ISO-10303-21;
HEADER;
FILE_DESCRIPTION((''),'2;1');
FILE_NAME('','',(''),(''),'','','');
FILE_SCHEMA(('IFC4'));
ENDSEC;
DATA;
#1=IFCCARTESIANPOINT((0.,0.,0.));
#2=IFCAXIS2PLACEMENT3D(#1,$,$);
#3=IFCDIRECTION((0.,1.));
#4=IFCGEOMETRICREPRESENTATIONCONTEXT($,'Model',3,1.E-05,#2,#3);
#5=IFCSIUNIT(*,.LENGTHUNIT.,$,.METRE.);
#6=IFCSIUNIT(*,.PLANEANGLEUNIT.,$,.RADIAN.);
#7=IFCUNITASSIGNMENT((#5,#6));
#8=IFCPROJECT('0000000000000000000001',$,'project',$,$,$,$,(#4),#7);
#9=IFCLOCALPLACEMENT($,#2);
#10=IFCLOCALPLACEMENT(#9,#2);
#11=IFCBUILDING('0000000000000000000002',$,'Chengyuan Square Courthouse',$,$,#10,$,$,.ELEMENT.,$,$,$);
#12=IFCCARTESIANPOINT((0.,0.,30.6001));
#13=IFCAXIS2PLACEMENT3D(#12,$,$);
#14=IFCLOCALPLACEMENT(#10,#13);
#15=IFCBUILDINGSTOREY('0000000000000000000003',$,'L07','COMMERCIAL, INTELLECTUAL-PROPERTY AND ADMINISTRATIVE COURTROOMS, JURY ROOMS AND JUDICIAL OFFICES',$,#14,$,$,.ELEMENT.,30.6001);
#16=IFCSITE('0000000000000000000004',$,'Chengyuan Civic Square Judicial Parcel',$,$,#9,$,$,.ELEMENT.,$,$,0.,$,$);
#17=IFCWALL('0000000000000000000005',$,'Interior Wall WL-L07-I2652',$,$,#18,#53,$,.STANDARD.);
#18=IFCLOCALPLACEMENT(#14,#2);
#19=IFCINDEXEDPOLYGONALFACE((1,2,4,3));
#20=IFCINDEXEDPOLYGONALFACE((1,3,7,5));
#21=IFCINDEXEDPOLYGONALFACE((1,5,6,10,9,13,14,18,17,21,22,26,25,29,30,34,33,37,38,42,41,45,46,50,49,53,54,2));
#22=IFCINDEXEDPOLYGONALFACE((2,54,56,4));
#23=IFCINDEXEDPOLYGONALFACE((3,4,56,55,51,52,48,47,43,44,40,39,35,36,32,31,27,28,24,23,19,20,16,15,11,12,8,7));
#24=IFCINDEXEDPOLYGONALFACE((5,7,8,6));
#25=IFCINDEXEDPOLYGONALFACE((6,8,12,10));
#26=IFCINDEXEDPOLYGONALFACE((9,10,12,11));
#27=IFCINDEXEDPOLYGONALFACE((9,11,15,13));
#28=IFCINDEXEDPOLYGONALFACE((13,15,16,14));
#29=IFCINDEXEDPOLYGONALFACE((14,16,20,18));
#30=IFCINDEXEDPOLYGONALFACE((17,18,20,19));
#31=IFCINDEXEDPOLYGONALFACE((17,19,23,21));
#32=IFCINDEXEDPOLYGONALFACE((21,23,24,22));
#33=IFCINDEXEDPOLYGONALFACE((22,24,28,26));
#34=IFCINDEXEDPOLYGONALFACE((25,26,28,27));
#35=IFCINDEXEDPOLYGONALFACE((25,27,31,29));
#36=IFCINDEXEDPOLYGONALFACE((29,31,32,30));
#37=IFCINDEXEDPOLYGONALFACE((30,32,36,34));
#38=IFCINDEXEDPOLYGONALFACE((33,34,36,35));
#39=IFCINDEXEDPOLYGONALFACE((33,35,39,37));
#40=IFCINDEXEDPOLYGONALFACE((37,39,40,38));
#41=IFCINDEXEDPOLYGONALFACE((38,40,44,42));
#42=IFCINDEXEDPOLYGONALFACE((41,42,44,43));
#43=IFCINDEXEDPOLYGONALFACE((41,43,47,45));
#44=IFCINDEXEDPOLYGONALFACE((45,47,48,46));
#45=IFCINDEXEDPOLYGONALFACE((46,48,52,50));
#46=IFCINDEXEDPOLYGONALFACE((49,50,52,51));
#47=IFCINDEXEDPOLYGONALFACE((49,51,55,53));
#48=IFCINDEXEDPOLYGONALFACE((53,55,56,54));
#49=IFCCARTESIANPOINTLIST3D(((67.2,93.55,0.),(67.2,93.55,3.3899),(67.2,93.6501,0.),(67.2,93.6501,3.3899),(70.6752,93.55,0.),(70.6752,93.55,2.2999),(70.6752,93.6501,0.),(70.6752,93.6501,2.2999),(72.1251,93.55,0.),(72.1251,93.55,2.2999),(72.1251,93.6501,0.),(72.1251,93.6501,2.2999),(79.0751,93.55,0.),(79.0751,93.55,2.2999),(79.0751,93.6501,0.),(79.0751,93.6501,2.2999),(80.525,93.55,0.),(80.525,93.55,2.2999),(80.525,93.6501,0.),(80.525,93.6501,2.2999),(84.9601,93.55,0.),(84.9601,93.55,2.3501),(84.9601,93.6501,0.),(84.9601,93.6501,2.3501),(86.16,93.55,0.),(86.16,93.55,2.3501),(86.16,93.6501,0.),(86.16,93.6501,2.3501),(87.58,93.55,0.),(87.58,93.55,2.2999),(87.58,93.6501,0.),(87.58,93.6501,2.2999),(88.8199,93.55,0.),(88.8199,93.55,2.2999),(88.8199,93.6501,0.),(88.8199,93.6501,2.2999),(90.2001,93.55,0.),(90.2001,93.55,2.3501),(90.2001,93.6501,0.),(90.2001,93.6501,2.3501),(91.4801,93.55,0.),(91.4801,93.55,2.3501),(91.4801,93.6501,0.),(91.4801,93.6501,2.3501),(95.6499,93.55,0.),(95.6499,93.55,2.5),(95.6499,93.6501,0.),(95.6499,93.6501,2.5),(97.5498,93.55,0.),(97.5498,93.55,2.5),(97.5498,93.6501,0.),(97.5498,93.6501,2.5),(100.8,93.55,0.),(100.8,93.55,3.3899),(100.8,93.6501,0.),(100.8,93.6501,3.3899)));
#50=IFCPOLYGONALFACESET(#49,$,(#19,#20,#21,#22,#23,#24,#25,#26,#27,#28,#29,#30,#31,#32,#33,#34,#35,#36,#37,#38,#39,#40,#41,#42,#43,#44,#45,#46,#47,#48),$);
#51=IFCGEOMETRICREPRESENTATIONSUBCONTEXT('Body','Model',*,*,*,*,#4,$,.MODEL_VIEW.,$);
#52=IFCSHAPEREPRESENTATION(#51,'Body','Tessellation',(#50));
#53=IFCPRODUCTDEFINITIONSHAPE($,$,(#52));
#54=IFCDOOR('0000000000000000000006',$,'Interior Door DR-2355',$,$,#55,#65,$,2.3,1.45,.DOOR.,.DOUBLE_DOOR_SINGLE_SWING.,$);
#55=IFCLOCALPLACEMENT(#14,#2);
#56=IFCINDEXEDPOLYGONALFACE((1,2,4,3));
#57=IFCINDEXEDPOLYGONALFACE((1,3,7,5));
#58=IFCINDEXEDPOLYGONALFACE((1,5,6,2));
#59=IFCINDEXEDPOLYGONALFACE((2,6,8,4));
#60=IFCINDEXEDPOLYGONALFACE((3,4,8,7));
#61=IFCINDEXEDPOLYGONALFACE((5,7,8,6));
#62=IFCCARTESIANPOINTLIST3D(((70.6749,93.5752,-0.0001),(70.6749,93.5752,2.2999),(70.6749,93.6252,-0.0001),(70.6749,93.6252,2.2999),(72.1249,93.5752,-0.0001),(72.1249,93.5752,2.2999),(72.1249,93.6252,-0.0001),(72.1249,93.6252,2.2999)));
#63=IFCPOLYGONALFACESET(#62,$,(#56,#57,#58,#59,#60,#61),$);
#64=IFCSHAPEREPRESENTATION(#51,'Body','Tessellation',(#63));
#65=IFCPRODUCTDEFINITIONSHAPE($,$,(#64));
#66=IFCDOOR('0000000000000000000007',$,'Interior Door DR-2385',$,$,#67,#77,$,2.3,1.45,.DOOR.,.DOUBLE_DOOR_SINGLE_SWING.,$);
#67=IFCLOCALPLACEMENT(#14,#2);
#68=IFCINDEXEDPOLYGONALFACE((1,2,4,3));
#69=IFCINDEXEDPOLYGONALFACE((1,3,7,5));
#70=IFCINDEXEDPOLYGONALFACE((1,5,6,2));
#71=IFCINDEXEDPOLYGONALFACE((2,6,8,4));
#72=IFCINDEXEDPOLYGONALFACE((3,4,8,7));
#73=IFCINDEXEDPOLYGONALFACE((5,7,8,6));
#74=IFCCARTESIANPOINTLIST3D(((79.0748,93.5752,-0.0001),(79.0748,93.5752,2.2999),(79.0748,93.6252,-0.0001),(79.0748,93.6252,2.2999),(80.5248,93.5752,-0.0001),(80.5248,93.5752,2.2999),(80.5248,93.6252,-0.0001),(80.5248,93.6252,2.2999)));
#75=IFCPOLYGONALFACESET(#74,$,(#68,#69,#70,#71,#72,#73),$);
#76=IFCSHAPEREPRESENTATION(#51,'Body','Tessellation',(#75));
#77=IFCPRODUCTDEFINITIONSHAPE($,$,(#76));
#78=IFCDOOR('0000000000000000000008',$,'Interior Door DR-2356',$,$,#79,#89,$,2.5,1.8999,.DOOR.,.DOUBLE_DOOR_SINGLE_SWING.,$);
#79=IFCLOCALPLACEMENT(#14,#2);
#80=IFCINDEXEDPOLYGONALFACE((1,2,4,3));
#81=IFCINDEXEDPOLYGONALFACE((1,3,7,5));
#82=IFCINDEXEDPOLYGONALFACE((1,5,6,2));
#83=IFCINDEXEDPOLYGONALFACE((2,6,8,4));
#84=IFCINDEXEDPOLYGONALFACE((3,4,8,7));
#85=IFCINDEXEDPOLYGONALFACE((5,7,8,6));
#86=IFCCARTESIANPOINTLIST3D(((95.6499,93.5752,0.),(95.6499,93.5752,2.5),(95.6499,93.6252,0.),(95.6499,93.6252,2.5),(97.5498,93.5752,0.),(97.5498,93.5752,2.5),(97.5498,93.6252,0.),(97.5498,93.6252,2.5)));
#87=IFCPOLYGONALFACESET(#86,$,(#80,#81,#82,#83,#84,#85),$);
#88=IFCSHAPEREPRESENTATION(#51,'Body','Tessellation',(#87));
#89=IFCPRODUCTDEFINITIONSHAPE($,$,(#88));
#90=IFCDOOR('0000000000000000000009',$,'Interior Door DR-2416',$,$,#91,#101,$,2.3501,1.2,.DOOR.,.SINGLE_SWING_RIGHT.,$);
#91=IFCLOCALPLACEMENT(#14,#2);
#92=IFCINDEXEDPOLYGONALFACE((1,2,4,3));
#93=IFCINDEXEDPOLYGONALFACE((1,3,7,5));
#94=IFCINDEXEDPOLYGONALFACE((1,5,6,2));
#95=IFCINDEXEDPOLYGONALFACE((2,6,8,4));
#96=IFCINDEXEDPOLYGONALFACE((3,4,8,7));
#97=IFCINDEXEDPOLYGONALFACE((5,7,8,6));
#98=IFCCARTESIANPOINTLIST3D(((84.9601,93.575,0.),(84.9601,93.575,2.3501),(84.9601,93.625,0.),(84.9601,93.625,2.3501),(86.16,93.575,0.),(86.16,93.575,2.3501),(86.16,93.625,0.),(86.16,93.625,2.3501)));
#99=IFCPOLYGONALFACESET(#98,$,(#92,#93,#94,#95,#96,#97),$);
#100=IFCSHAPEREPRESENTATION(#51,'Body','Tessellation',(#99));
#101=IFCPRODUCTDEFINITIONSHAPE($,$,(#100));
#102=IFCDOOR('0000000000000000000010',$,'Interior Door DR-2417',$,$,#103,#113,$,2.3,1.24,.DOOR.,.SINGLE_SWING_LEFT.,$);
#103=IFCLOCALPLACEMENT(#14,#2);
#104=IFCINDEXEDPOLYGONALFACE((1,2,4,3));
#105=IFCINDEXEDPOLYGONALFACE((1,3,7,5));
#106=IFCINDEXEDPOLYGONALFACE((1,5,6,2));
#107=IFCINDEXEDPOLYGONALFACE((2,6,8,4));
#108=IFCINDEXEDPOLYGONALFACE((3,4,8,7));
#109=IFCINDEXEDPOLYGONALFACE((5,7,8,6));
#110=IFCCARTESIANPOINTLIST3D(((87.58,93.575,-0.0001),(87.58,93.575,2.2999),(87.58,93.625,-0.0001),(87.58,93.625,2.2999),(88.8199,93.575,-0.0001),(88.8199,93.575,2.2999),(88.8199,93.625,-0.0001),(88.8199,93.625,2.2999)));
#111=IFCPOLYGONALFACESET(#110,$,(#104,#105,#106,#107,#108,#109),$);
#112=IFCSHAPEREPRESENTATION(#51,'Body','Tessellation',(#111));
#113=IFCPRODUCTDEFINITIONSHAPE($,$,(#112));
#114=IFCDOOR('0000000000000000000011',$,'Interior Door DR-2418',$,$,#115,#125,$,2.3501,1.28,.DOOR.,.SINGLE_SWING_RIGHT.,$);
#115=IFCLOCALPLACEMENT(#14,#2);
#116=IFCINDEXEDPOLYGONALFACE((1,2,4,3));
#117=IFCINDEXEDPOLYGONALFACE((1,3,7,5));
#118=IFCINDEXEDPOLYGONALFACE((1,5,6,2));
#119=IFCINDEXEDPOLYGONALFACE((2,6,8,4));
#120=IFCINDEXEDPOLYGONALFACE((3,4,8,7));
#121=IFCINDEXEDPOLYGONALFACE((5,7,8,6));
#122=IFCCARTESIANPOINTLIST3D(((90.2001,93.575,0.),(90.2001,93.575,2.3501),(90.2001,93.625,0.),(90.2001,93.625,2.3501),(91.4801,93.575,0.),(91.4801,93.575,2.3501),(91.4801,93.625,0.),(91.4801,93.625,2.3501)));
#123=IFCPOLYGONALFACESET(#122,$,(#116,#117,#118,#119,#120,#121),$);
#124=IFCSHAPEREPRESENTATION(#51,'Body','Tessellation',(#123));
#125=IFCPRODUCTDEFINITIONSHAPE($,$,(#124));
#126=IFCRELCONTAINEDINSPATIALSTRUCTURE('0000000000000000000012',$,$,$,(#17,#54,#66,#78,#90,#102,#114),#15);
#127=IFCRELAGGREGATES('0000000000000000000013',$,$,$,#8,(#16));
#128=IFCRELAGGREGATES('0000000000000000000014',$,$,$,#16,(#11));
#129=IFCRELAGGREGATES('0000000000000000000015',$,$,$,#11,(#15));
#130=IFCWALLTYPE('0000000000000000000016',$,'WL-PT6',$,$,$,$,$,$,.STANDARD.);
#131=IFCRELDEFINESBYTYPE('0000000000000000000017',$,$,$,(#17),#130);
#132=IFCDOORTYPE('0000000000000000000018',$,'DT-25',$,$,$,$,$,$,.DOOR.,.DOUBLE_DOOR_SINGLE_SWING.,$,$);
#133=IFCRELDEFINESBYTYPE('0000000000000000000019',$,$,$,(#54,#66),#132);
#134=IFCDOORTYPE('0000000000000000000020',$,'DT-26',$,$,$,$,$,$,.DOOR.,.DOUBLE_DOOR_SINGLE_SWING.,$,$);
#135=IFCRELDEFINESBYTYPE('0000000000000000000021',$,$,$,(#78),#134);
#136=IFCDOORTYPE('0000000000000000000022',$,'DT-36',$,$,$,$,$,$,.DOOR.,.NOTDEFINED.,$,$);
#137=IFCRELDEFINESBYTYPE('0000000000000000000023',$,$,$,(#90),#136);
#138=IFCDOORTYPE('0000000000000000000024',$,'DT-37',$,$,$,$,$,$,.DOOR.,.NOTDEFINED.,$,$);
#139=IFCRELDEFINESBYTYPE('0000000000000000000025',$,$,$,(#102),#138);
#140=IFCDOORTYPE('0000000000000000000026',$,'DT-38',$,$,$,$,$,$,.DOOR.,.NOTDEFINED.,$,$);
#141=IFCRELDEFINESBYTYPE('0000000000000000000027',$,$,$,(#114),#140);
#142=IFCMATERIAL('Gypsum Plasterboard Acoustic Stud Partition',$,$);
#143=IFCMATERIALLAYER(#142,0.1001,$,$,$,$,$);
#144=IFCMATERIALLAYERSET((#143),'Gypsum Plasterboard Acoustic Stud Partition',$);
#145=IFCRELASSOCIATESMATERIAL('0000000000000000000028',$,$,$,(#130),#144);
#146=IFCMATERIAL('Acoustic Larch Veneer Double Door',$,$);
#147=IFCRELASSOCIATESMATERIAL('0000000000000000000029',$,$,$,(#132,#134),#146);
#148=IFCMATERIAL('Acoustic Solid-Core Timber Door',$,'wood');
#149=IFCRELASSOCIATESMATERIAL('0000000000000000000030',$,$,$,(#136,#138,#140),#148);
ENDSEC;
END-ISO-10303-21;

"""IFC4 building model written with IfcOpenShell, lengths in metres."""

from ifc_helpers import new_model, si_unit, direction, frame, frame_2d, origin, place, context, subcontext, project, spatial, rectangle, extrude, material, layer, layer_set, type_object, element, fill, save


model = new_model("IFC4")

# Units and contexts
model_context = context("Model", 3, precision=1e-05, world=origin(), true_north=direction((0.0, 1.0)))
body_context = subcontext(model_context, "Body", "Model", "MODEL_VIEW")
ifc_project = project(units=[si_unit("LENGTHUNIT", "METRE"), si_unit("PLANEANGLEUNIT", "RADIAN")], contexts=[model_context])

# Site, building, storey
site_placement = place(None, origin())
site = spatial("IfcSite", under=ifc_project, at=site_placement, Name="Chengyuan Civic Square Judicial Parcel", CompositionType="ELEMENT", RefElevation=0.0)
building_placement = place(site_placement, origin())
building = spatial("IfcBuilding", under=site, at=building_placement, Name="Chengyuan Square Courthouse", CompositionType="ELEMENT")
storey_placement = place(building_placement, frame((0.0, 0.0, 30.6001)))
storey = spatial("IfcBuildingStorey", under=building, at=storey_placement, Name="L07", Description="COMMERCIAL, INTELLECTUAL-PROPERTY AND ADMINISTRATIVE COURTROOMS, JURY ROOMS AND JUDICIAL OFFICES", CompositionType="ELEMENT", Elevation=30.6001)

# Wall, openings, doors
ifc_material_1 = material(Name="Gypsum Plasterboard Acoustic Stud Partition")
ifc_layer_1 = layer(ifc_material_1, 0.1001)
ifc_layer_set_1 = layer_set([ifc_layer_1], Name="Gypsum Plasterboard Acoustic Stud Partition")
wall_type_1 = type_object("IfcWallType", Name="WL-PT6", PredefinedType="STANDARD", material=ifc_layer_set_1)
wall_1_placement = place(storey_placement, frame((67.2, 93.6001, 0.0), z_axis=(0.0, 0.0, 1.0), x_axis=(1.0, 0.0, 0.0)))
wall_1 = element("IfcWall", 1, at=wall_1_placement, inside=storey, type_object=wall_type_1, Name="Interior Wall WL-L07-I2652", PredefinedType="STANDARD", context=body_context, shape_type="SweptSolid", body=[
    extrude(rectangle(XDim=33.6001, YDim=0.1001, at=frame_2d((16.8, 0.0))), origin(), (0.0, 0.0, 1.0), 3.3899),
])
opening_1_placement = place(wall_1_placement, frame((3.4751, 0.0, 0.0)))
opening_1 = element("IfcOpeningElement", 2, at=opening_1_placement, cuts=wall_1, PredefinedType="OPENING", context=body_context, shape_type="SweptSolid", body=[
    extrude(rectangle(XDim=1.45, YDim=2.3, at=frame_2d((0.7251, 1.1499))), frame((0.0, 0.062, 0.0), z_axis=(0.0, -1.0, 0.0), x_axis=(1.0, 0.0, 0.0)), (0.0, 0.0, 1.0), 0.124),
])
opening_2_placement = place(wall_1_placement, frame((28.45, 0.0, 0.0)))
opening_2 = element("IfcOpeningElement", 3, at=opening_2_placement, cuts=wall_1, PredefinedType="OPENING", context=body_context, shape_type="SweptSolid", body=[
    extrude(rectangle(XDim=1.8999, YDim=2.5, at=frame_2d((0.95, 1.25))), frame((0.0, 0.062, 0.0), z_axis=(0.0, -1.0, 0.0), x_axis=(1.0, 0.0, 0.0)), (0.0, 0.0, 1.0), 0.124),
])
opening_3_placement = place(wall_1_placement, frame((11.875, 0.0, 0.0)))
opening_3 = element("IfcOpeningElement", 4, at=opening_3_placement, cuts=wall_1, PredefinedType="OPENING", context=body_context, shape_type="SweptSolid", body=[
    extrude(rectangle(XDim=1.45, YDim=2.3, at=frame_2d((0.7251, 1.1499))), frame((0.0, 0.062, 0.0), z_axis=(0.0, -1.0, 0.0), x_axis=(1.0, 0.0, 0.0)), (0.0, 0.0, 1.0), 0.124),
])
opening_4_placement = place(wall_1_placement, frame((17.76, 0.0, 0.0)))
opening_4 = element("IfcOpeningElement", 5, at=opening_4_placement, cuts=wall_1, PredefinedType="OPENING", context=body_context, shape_type="SweptSolid", body=[
    extrude(rectangle(XDim=1.2, YDim=2.3501, at=frame_2d((0.6001, 1.175))), frame((0.0, 0.062, 0.0), z_axis=(0.0, -1.0, 0.0), x_axis=(1.0, 0.0, 0.0)), (0.0, 0.0, 1.0), 0.124),
])
opening_5_placement = place(wall_1_placement, frame((20.3799, 0.0, 0.0)))
opening_5 = element("IfcOpeningElement", 6, at=opening_5_placement, cuts=wall_1, PredefinedType="OPENING", context=body_context, shape_type="SweptSolid", body=[
    extrude(rectangle(XDim=1.24, YDim=2.3, at=frame_2d((0.6201, 1.1499))), frame((0.0, 0.062, 0.0), z_axis=(0.0, -1.0, 0.0), x_axis=(1.0, 0.0, 0.0)), (0.0, 0.0, 1.0), 0.124),
])
opening_6_placement = place(wall_1_placement, frame((23.0, 0.0, 0.0)))
opening_6 = element("IfcOpeningElement", 7, at=opening_6_placement, cuts=wall_1, PredefinedType="OPENING", context=body_context, shape_type="SweptSolid", body=[
    extrude(rectangle(XDim=1.28, YDim=2.3501, at=frame_2d((0.6401, 1.175))), frame((0.0, 0.062, 0.0), z_axis=(0.0, -1.0, 0.0), x_axis=(1.0, 0.0, 0.0)), (0.0, 0.0, 1.0), 0.124),
])
ifc_material_2 = material(Name="Acoustic Larch Veneer Double Door")
door_type_1 = type_object("IfcDoorType", Name="DT-25", OperationType="DOUBLE_DOOR_SINGLE_SWING", PredefinedType="DOOR", material=ifc_material_2)
door_1_placement = place(opening_1_placement, frame((1.45, 0.0, 0.0), z_axis=(0.0, 0.0, 1.0), x_axis=(-1.0, 0.0, 0.0)))
door_1 = element("IfcDoor", 8, at=door_1_placement, inside=storey, type_object=door_type_1, Name="Interior Door DR-2355", OperationType="DOUBLE_DOOR_SINGLE_SWING", OverallHeight=2.3, OverallWidth=1.45, PredefinedType="DOOR", context=body_context, shape_type="SweptSolid", body=[
    extrude(rectangle(XDim=1.45, YDim=2.3, at=frame_2d((0.7251, 1.1499))), frame((0.0, 0.0249, 0.0), z_axis=(0.0, -1.0, 0.0), x_axis=(1.0, 0.0, 0.0)), (0.0, 0.0, 1.0), 0.05),
])
fill(opening_1, door_1)
door_2_placement = place(opening_3_placement, frame((1.45, 0.0, 0.0), z_axis=(0.0, 0.0, 1.0), x_axis=(-1.0, 0.0, 0.0)))
door_2 = element("IfcDoor", 9, at=door_2_placement, inside=storey, type_object=door_type_1, Name="Interior Door DR-2385", OperationType="DOUBLE_DOOR_SINGLE_SWING", OverallHeight=2.3, OverallWidth=1.45, PredefinedType="DOOR", context=body_context, shape_type="SweptSolid", body=[
    extrude(rectangle(XDim=1.45, YDim=2.3, at=frame_2d((0.7251, 1.1499))), frame((0.0, 0.0249, 0.0), z_axis=(0.0, -1.0, 0.0), x_axis=(1.0, 0.0, 0.0)), (0.0, 0.0, 1.0), 0.05),
])
fill(opening_3, door_2)
door_type_2 = type_object("IfcDoorType", Name="DT-26", OperationType="DOUBLE_DOOR_SINGLE_SWING", PredefinedType="DOOR", material=ifc_material_2)
door_3_placement = place(opening_2_placement, frame((1.8999, 0.0, 0.0), z_axis=(0.0, 0.0, 1.0), x_axis=(-1.0, 0.0, 0.0)))
door_3 = element("IfcDoor", 10, at=door_3_placement, inside=storey, type_object=door_type_2, Name="Interior Door DR-2356", OperationType="DOUBLE_DOOR_SINGLE_SWING", OverallHeight=2.5, OverallWidth=1.8999, PredefinedType="DOOR", context=body_context, shape_type="SweptSolid", body=[
    extrude(rectangle(XDim=1.8999, YDim=2.5, at=frame_2d((0.95, 1.25))), frame((0.0, 0.0249, 0.0), z_axis=(0.0, -1.0, 0.0), x_axis=(1.0, 0.0, 0.0)), (0.0, 0.0, 1.0), 0.05),
])
fill(opening_2, door_3)
ifc_material_3 = material(Name="Acoustic Solid-Core Timber Door", Category="wood")
door_type_3 = type_object("IfcDoorType", Name="DT-36", OperationType="NOTDEFINED", PredefinedType="DOOR", material=ifc_material_3)
door_4_placement = place(opening_4_placement, origin())
door_4 = element("IfcDoor", 11, at=door_4_placement, inside=storey, type_object=door_type_3, Name="Interior Door DR-2416", OperationType="SINGLE_SWING_RIGHT", OverallHeight=2.3501, OverallWidth=1.2, PredefinedType="DOOR", context=body_context, shape_type="SweptSolid", body=[
    extrude(rectangle(XDim=1.2, YDim=2.3501, at=frame_2d((0.6001, 1.175))), frame((0.0, 0.0249, 0.0), z_axis=(0.0, -1.0, 0.0), x_axis=(1.0, 0.0, 0.0)), (0.0, 0.0, 1.0), 0.05),
])
fill(opening_4, door_4)
door_type_4 = type_object("IfcDoorType", Name="DT-37", OperationType="NOTDEFINED", PredefinedType="DOOR", material=ifc_material_3)
door_5_placement = place(opening_5_placement, origin())
door_5 = element("IfcDoor", 12, at=door_5_placement, inside=storey, type_object=door_type_4, Name="Interior Door DR-2417", OperationType="SINGLE_SWING_LEFT", OverallHeight=2.3, OverallWidth=1.24, PredefinedType="DOOR", context=body_context, shape_type="SweptSolid", body=[
    extrude(rectangle(XDim=1.24, YDim=2.3, at=frame_2d((0.6201, 1.1499))), frame((0.0, 0.0249, 0.0), z_axis=(0.0, -1.0, 0.0), x_axis=(1.0, 0.0, 0.0)), (0.0, 0.0, 1.0), 0.05),
])
fill(opening_5, door_5)
door_type_5 = type_object("IfcDoorType", Name="DT-38", OperationType="NOTDEFINED", PredefinedType="DOOR", material=ifc_material_3)
door_6_placement = place(opening_6_placement, origin())
door_6 = element("IfcDoor", 13, at=door_6_placement, inside=storey, type_object=door_type_5, Name="Interior Door DR-2418", OperationType="SINGLE_SWING_RIGHT", OverallHeight=2.3501, OverallWidth=1.28, PredefinedType="DOOR", context=body_context, shape_type="SweptSolid", body=[
    extrude(rectangle(XDim=1.28, YDim=2.3501, at=frame_2d((0.6401, 1.175))), frame((0.0, 0.0249, 0.0), z_axis=(0.0, -1.0, 0.0), x_axis=(1.0, 0.0, 0.0)), (0.0, 0.0, 1.0), 0.05),
])
fill(opening_6, door_6)

save(model, "model.ifc")
